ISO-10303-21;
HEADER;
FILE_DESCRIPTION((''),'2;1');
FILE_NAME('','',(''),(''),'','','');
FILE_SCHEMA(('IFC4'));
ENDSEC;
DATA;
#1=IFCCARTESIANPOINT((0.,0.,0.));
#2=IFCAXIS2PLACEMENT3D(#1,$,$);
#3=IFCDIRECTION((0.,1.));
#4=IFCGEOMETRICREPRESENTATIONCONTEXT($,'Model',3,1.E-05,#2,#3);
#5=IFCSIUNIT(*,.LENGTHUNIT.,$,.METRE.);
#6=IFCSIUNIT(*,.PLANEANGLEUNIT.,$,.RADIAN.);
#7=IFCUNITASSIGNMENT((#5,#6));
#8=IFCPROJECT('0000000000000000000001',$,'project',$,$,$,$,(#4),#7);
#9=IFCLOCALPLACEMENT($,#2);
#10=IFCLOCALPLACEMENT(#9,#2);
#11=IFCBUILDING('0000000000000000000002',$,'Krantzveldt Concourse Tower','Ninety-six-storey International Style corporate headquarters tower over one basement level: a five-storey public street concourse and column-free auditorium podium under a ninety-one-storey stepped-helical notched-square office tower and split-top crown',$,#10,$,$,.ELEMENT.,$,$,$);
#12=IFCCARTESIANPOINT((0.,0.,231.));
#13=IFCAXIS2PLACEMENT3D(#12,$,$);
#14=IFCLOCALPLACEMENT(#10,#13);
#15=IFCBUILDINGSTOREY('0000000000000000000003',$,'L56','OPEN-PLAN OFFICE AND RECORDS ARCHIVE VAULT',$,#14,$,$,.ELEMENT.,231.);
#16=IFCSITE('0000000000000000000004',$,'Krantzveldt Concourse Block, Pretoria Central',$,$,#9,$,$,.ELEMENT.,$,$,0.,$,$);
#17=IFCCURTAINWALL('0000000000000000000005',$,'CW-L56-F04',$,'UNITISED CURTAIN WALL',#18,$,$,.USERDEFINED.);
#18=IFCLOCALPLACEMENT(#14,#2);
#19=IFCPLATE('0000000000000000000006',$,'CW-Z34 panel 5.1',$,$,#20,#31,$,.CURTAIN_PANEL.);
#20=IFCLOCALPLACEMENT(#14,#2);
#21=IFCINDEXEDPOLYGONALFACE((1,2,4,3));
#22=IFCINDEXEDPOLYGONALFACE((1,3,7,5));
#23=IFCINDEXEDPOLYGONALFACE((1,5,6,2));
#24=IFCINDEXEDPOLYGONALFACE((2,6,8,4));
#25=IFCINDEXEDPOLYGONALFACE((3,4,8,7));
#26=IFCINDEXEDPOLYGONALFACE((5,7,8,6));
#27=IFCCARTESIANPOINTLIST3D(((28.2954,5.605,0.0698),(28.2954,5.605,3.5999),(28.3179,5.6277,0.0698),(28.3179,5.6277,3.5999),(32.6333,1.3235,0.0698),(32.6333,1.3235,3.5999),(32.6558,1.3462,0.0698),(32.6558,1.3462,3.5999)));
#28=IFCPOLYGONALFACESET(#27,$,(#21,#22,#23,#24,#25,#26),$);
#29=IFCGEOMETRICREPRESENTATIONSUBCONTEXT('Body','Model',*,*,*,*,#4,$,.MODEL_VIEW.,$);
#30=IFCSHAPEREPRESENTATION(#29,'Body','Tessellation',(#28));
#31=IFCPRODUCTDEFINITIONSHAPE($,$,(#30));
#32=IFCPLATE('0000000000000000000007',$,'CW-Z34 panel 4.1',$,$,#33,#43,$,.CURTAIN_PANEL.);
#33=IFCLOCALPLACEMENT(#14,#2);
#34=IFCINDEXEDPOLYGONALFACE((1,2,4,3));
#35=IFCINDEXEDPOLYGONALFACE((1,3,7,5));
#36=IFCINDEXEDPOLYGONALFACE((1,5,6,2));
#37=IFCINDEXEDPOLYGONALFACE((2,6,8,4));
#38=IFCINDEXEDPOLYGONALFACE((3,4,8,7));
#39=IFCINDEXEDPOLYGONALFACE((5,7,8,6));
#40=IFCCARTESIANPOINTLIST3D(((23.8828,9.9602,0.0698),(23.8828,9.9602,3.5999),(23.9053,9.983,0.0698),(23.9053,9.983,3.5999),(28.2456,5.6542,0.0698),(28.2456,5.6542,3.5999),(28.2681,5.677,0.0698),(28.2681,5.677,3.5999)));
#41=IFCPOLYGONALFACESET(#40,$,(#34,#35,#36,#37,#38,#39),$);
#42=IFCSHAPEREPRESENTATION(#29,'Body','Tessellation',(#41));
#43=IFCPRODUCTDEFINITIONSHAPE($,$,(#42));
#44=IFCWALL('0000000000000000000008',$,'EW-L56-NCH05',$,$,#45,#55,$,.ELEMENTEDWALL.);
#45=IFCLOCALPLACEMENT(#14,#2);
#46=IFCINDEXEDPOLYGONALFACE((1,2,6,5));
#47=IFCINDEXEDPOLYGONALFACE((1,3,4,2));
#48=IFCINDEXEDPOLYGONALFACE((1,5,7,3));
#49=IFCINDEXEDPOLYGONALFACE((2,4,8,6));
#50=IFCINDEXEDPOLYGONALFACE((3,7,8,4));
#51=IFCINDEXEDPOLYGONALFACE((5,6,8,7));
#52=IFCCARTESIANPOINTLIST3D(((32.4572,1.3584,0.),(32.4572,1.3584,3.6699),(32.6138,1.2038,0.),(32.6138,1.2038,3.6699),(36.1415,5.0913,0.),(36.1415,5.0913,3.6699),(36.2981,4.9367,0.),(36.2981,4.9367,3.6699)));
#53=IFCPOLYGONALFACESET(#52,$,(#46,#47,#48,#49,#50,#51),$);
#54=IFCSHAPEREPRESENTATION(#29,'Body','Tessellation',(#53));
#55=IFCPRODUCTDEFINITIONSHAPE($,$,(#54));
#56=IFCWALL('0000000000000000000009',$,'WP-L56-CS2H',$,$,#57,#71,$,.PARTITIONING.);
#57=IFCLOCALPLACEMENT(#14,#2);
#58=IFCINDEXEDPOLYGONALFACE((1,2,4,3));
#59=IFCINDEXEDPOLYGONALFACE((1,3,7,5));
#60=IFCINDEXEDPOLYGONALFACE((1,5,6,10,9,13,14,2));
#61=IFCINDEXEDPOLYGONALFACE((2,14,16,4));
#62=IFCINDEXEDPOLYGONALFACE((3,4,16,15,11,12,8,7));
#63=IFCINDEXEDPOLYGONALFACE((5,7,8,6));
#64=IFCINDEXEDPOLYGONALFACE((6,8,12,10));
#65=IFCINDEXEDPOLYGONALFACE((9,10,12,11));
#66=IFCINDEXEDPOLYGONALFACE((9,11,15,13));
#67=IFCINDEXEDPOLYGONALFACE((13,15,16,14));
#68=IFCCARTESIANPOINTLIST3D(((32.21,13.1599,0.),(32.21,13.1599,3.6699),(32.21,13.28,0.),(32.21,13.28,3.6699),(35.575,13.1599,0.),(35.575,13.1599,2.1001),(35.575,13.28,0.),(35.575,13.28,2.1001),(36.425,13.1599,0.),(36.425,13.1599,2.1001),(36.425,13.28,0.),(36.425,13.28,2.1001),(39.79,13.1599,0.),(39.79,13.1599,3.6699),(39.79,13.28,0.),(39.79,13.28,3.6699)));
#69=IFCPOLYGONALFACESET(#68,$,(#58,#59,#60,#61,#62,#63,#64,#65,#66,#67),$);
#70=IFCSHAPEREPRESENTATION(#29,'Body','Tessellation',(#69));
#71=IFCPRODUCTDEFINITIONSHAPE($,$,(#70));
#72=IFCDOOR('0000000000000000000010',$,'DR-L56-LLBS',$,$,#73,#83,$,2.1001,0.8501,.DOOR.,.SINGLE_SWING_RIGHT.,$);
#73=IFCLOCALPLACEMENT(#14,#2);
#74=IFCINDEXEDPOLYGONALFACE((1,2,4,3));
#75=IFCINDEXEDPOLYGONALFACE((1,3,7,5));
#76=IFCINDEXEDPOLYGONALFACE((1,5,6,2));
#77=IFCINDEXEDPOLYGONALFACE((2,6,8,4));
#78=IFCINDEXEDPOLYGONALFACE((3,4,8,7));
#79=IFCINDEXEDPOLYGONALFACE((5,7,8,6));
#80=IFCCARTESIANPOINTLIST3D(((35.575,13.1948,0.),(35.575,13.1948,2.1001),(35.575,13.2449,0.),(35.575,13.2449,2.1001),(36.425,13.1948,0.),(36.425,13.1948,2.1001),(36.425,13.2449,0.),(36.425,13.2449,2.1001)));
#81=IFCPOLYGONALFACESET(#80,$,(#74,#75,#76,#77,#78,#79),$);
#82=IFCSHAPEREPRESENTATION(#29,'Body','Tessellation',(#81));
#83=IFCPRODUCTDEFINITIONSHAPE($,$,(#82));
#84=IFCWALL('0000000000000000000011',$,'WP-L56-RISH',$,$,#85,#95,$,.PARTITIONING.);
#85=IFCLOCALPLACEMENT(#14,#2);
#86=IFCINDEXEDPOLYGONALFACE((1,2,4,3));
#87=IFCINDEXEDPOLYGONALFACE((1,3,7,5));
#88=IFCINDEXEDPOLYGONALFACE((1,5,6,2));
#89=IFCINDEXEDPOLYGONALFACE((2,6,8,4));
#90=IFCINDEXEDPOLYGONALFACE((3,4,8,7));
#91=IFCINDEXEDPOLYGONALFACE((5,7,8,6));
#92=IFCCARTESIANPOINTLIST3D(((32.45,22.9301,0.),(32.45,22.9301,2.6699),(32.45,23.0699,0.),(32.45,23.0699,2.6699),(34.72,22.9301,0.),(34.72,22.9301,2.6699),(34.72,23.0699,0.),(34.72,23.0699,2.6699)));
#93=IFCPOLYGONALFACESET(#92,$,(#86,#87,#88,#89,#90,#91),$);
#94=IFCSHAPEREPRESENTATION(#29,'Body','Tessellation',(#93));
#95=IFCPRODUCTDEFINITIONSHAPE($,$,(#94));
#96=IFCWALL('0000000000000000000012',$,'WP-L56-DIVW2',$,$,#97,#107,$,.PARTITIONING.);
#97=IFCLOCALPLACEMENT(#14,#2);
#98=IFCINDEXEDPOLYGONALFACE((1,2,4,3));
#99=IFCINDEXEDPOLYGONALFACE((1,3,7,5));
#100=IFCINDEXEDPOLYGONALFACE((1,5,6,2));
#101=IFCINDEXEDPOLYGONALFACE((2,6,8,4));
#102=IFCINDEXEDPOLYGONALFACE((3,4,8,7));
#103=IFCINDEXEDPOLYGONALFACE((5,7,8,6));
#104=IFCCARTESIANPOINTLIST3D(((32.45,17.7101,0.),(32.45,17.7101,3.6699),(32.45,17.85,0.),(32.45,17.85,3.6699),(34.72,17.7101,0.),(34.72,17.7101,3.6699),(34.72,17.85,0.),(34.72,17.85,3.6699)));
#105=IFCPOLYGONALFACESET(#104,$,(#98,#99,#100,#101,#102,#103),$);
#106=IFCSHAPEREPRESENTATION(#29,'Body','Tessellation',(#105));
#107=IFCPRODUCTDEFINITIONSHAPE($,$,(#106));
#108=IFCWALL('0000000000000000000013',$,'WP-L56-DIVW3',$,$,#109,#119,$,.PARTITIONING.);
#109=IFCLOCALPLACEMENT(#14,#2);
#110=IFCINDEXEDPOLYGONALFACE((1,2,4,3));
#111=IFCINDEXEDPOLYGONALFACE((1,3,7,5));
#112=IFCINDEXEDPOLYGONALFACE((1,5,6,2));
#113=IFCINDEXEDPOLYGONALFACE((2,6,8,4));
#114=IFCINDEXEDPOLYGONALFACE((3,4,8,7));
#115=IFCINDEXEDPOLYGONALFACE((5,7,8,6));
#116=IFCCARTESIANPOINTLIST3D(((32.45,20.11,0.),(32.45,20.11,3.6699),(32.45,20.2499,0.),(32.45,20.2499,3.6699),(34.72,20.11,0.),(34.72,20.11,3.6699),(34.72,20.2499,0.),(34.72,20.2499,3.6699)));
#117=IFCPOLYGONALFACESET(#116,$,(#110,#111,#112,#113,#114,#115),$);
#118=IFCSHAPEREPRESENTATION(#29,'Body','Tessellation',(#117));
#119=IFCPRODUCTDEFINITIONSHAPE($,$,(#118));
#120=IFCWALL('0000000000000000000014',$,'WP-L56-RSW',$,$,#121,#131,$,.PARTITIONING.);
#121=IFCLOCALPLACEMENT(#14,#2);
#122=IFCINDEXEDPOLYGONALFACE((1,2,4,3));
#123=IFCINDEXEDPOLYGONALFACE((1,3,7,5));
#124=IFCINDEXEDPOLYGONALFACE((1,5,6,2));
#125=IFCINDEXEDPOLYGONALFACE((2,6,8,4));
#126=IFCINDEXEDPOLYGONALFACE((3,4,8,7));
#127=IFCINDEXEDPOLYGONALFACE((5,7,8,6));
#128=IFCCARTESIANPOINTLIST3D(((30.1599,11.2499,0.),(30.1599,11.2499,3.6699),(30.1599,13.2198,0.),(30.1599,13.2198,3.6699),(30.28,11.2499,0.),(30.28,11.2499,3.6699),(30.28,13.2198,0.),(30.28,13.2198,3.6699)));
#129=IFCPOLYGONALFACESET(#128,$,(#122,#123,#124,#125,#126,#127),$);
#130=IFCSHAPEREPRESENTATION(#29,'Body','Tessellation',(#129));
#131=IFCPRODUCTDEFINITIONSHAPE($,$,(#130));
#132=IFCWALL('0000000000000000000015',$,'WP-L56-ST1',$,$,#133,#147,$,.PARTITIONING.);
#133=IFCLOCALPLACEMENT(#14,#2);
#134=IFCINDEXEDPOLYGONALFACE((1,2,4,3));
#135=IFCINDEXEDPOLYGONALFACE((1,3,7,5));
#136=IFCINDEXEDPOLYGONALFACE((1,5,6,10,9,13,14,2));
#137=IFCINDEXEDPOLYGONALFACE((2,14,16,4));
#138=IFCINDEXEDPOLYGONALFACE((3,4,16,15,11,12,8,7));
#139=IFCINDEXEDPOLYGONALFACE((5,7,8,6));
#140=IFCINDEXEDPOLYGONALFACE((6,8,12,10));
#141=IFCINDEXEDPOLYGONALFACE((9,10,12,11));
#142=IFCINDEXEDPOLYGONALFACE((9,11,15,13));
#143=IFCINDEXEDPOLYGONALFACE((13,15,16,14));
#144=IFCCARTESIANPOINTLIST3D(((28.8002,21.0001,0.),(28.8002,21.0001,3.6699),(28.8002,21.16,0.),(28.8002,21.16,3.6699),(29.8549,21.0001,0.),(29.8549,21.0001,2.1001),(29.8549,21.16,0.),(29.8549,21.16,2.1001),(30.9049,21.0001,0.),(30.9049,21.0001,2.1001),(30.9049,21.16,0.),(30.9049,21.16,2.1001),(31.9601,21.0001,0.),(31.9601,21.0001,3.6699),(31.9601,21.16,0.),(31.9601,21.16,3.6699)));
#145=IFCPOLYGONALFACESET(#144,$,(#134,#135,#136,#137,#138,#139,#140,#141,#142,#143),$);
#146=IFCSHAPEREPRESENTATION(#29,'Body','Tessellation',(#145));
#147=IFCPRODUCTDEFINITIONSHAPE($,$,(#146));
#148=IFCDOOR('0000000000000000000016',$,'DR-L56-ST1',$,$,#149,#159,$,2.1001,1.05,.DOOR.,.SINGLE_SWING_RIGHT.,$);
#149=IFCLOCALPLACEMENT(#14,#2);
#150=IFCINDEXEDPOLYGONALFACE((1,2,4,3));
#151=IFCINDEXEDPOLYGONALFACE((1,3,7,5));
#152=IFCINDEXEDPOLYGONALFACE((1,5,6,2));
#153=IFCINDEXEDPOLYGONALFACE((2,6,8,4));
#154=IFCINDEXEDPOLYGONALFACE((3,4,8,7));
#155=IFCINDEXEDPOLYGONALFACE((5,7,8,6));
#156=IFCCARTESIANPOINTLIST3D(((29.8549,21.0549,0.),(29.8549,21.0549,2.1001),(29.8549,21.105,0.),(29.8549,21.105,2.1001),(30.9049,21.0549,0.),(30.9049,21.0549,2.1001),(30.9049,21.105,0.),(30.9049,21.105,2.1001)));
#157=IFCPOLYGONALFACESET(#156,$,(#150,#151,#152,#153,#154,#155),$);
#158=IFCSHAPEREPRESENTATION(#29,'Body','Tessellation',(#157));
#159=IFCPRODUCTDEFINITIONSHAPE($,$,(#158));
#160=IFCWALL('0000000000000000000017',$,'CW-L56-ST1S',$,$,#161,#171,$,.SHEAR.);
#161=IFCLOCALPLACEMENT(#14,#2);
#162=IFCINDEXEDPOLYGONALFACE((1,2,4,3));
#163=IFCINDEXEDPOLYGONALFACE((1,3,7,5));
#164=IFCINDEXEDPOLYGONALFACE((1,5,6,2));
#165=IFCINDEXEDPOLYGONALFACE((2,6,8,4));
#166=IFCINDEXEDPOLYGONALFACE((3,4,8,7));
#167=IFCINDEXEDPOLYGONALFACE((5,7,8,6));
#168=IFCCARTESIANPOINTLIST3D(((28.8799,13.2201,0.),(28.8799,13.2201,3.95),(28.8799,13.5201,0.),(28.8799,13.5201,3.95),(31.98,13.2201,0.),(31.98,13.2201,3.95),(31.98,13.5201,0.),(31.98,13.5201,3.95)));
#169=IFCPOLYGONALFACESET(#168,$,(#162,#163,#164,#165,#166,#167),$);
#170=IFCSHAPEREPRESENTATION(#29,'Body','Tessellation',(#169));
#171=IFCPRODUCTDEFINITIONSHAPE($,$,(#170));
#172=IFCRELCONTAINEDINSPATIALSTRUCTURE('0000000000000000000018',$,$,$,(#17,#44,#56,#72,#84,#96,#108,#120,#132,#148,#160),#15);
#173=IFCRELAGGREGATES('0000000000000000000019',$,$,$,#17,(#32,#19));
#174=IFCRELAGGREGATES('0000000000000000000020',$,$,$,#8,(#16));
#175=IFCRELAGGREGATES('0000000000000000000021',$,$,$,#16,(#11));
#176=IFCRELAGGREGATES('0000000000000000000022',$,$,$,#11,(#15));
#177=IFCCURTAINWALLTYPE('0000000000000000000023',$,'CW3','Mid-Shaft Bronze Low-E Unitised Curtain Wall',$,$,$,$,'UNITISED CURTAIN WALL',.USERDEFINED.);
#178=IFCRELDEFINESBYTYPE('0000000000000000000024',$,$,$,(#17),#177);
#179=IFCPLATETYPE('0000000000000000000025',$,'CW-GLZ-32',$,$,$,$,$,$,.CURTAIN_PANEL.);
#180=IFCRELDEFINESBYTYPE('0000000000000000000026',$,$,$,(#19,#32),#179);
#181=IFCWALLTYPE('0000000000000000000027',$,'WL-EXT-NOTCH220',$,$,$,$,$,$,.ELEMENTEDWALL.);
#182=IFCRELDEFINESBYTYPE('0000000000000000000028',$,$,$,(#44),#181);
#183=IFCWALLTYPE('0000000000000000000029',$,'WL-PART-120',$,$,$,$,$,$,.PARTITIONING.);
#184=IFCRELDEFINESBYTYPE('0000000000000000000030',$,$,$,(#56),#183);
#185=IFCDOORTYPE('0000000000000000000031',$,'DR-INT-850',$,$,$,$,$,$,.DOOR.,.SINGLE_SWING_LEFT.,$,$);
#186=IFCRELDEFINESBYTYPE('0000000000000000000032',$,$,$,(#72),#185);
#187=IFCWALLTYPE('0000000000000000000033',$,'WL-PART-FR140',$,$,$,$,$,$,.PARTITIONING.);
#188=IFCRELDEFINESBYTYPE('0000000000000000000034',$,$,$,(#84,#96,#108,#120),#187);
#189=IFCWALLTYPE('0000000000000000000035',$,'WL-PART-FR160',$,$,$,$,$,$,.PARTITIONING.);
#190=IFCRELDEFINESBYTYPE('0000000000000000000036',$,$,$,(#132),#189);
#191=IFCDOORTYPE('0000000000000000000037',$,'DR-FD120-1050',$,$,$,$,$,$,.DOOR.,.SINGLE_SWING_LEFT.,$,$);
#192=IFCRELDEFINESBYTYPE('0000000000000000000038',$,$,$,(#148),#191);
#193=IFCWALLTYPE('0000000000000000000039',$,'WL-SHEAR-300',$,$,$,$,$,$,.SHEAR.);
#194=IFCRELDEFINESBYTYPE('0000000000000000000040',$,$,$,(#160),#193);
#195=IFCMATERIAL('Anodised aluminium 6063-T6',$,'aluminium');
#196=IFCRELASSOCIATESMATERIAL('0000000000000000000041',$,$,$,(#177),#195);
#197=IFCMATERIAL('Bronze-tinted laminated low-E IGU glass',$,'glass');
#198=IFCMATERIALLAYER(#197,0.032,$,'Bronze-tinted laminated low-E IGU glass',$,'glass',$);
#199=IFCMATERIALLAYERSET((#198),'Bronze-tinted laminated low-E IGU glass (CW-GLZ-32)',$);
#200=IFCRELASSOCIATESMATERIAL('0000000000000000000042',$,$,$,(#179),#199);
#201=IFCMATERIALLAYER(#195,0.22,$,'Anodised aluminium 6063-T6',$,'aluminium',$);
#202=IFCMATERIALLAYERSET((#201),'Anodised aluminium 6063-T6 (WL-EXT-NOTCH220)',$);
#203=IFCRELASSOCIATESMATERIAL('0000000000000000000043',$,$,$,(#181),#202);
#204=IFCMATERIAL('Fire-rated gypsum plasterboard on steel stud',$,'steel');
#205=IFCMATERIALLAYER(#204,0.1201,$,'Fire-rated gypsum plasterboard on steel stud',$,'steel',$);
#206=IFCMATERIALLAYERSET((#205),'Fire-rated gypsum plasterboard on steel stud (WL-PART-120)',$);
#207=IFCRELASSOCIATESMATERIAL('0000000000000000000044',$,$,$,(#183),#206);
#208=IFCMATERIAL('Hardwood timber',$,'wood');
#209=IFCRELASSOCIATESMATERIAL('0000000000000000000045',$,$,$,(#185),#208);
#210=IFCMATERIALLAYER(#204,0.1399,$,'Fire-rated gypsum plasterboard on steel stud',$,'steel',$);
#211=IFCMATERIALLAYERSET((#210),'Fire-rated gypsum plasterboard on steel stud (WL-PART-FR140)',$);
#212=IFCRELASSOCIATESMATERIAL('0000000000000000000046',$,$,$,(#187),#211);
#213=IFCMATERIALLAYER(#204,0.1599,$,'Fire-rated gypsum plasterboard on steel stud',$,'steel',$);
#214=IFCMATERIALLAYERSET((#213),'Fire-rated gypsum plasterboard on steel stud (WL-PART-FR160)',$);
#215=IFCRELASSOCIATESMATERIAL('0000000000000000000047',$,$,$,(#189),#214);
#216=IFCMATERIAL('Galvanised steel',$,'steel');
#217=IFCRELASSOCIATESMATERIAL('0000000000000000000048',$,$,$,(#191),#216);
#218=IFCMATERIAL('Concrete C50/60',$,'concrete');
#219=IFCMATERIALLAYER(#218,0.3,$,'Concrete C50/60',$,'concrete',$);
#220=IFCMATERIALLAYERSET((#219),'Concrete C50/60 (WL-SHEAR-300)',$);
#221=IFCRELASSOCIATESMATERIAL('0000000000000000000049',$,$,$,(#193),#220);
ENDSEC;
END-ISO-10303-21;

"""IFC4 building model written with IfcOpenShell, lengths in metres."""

from ifc_helpers import new_model, si_unit, direction, frame, frame_2d, origin, origin_2d, place, context, subcontext, project, spatial, rectangle, extrude, source, transform, mapped, material, layer, layer_set, type_object, type_shapes, element, fill, aggregate, save


model = new_model("IFC4")

# Units and contexts
model_context = context("Model", 3, precision=1e-05, world=origin(), true_north=direction((0.0, 1.0)))
body_context = subcontext(model_context, "Body", "Model", "MODEL_VIEW")
ifc_project = project(units=[si_unit("LENGTHUNIT", "METRE"), si_unit("PLANEANGLEUNIT", "RADIAN")], contexts=[model_context])

# Site, building, storey
site_placement = place(None, origin())
site = spatial("IfcSite", under=ifc_project, at=site_placement, Name="Krantzveldt Concourse Block, Pretoria Central", CompositionType="ELEMENT", RefElevation=0.0)
building_placement = place(site_placement, origin())
building = spatial("IfcBuilding", under=site, at=building_placement, Name="Krantzveldt Concourse Tower", Description="Ninety-six-storey International Style corporate headquarters tower over one basement level: a five-storey public street concourse and column-free auditorium podium under a ninety-one-storey stepped-helical notched-square office tower and split-top crown", CompositionType="ELEMENT")
storey_placement = place(building_placement, frame((0.0, 0.0, 231.0)))
storey = spatial("IfcBuildingStorey", under=building, at=storey_placement, Name="L56", Description="OPEN-PLAN OFFICE AND RECORDS ARCHIVE VAULT", CompositionType="ELEMENT", Elevation=231.0)

# Shared definitions
ifc_material_1 = material(Name="Concrete C50/60", Category="concrete")

# Curtain wall, plates
ifc_material_2 = material(Name="Anodised aluminium 6063-T6", Category="aluminium")
curtain_wall_type = type_object("IfcCurtainWallType", Name="CW3", Description="Mid-Shaft Bronze Low-E Unitised Curtain Wall", ElementType="UNITISED CURTAIN WALL", PredefinedType="USERDEFINED", material=ifc_material_2)
curtain_wall_placement = place(storey_placement, origin())
curtain_wall = element("IfcCurtainWall", 1, at=curtain_wall_placement, inside=storey, type_object=curtain_wall_type, Name="CW-L56-F04", ObjectType="UNITISED CURTAIN WALL", PredefinedType="USERDEFINED")
ifc_material_3 = material(Name="Bronze-tinted laminated low-E IGU glass", Category="glass")
ifc_layer_1 = layer(ifc_material_3, 0.032, Name="Bronze-tinted laminated low-E IGU glass", Category="glass")
ifc_layer_set_1 = layer_set([ifc_layer_1], Name="Bronze-tinted laminated low-E IGU glass (CW-GLZ-32)")
plate_type = type_object("IfcPlateType", Name="CW-GLZ-32", PredefinedType="CURTAIN_PANEL", material=ifc_layer_set_1)
shared_shape_1 = source(origin(), body_context, "Body", "SweptSolid", [
    extrude(rectangle(XDim=6.095, YDim=0.032, at=origin_2d()), origin(), (0.0, 0.0, 1.0), 3.53),
])
plate_1_placement = place(storey_placement, frame((30.4756, 3.4756, 0.0698), z_axis=(0.0, 0.0, 1.0), x_axis=(0.71172, -0.702464, 0.0)))
plate_1 = element("IfcPlate", 2, at=plate_1_placement, type_object=plate_type, Name="CW-Z34 panel 5.1", PredefinedType="CURTAIN_PANEL", context=body_context, shape_type="MappedRepresentation", body=[
    mapped(shared_shape_1, transform((0.0, 0.0, 0.0), x_axis=(1.0, 0.0, 0.0), y_axis=(0.0, 1.0, 0.0), z_axis=(0.0, 0.0, 1.0), scale=1.0)),
])
shared_shape_2 = source(origin(), body_context, "Body", "SweptSolid", [
    extrude(rectangle(XDim=6.1299, YDim=0.032, at=origin_2d()), origin(), (0.0, 0.0, 1.0), 3.53),
])
type_shapes(plate_type, [shared_shape_1, shared_shape_2])
plate_2_placement = place(storey_placement, frame((26.0754, 7.8186, 0.0698), z_axis=(0.0, 0.0, 1.0), x_axis=(0.71172, -0.702464, 0.0)))
plate_2 = element("IfcPlate", 3, at=plate_2_placement, type_object=plate_type, Name="CW-Z34 panel 4.1", PredefinedType="CURTAIN_PANEL", context=body_context, shape_type="MappedRepresentation", body=[
    mapped(shared_shape_2, transform((0.0, 0.0, 0.0), x_axis=(1.0, 0.0, 0.0), y_axis=(0.0, 1.0, 0.0), z_axis=(0.0, 0.0, 1.0), scale=1.0)),
])
aggregate(curtain_wall, [plate_2, plate_1])

# Wall
ifc_layer_2 = layer(ifc_material_2, 0.22, Name="Anodised aluminium 6063-T6", Category="aluminium")
ifc_layer_set_2 = layer_set([ifc_layer_2], Name="Anodised aluminium 6063-T6 (WL-EXT-NOTCH220)")
wall_type_1 = type_object("IfcWallType", Name="WL-EXT-NOTCH220", PredefinedType="ELEMENTEDWALL", material=ifc_layer_set_2)
wall_1_placement = place(storey_placement, frame((32.5354, 1.281, 0.0), z_axis=(0.0, 0.0, 1.0), x_axis=(0.70246, 0.711723, 0.0)))
element("IfcWall", 4, at=wall_1_placement, inside=storey, type_object=wall_type_1, Name="EW-L56-NCH05", PredefinedType="ELEMENTEDWALL", context=body_context, shape_type="SweptSolid", body=[
    extrude(rectangle(XDim=5.2449, YDim=0.22, at=frame_2d((2.6226, 0.0))), origin(), (0.0, 0.0, 1.0), 3.6699),
])

# Wall, opening, door
ifc_material_4 = material(Name="Fire-rated gypsum plasterboard on steel stud", Category="steel")
ifc_layer_3 = layer(ifc_material_4, 0.1201, Name="Fire-rated gypsum plasterboard on steel stud", Category="steel")
ifc_layer_set_3 = layer_set([ifc_layer_3], Name="Fire-rated gypsum plasterboard on steel stud (WL-PART-120)")
wall_type_2 = type_object("IfcWallType", Name="WL-PART-120", PredefinedType="PARTITIONING", material=ifc_layer_set_3)
wall_2_placement = place(storey_placement, frame((32.21, 13.22, 0.0), z_axis=(0.0, 0.0, 1.0), x_axis=(1.0, 0.0, 0.0)))
wall_2 = element("IfcWall", 5, at=wall_2_placement, inside=storey, type_object=wall_type_2, Name="WP-L56-CS2H", PredefinedType="PARTITIONING", context=body_context, shape_type="SweptSolid", body=[
    extrude(rectangle(XDim=7.5801, YDim=0.1201, at=frame_2d((3.79, 0.0))), origin(), (0.0, 0.0, 1.0), 3.6699),
])
opening_1_placement = place(wall_2_placement, frame((3.365, 0.0, 0.0)))
opening_1 = element("IfcOpeningElement", 6, at=opening_1_placement, cuts=wall_2, PredefinedType="OPENING", context=body_context, shape_type="SweptSolid", body=[
    extrude(rectangle(XDim=0.8501, YDim=2.1001, at=frame_2d((0.425, 1.05))), frame((0.0, 0.0701, 0.0), z_axis=(0.0, -1.0, 0.0), x_axis=(1.0, 0.0, 0.0)), (0.0, 0.0, 1.0), 0.1401),
])
ifc_material_5 = material(Name="Hardwood timber", Category="wood")
door_type_1 = type_object("IfcDoorType", Name="DR-INT-850", OperationType="SINGLE_SWING_LEFT", PredefinedType="DOOR", material=ifc_material_5)
door_1_placement = place(opening_1_placement, origin())
door_1 = element("IfcDoor", 7, at=door_1_placement, inside=storey, type_object=door_type_1, Name="DR-L56-LLBS", OperationType="SINGLE_SWING_RIGHT", OverallHeight=2.1001, OverallWidth=0.8501, PredefinedType="DOOR", context=body_context, shape_type="SweptSolid", body=[
    extrude(rectangle(XDim=0.8501, YDim=2.1001, at=frame_2d((0.425, 1.05))), frame((0.0, 0.0249, 0.0), z_axis=(0.0, -1.0, 0.0), x_axis=(1.0, 0.0, 0.0)), (0.0, 0.0, 1.0), 0.05),
])
fill(opening_1, door_1)

# Walls
ifc_layer_4 = layer(ifc_material_4, 0.1399, Name="Fire-rated gypsum plasterboard on steel stud", Category="steel")
ifc_layer_set_4 = layer_set([ifc_layer_4], Name="Fire-rated gypsum plasterboard on steel stud (WL-PART-FR140)")
wall_type_3 = type_object("IfcWallType", Name="WL-PART-FR140", PredefinedType="PARTITIONING", material=ifc_layer_set_4)
wall_3_placement = place(storey_placement, frame((32.45, 23.0, 0.0), z_axis=(0.0, 0.0, 1.0), x_axis=(1.0, 0.0, 0.0)))
element("IfcWall", 8, at=wall_3_placement, inside=storey, type_object=wall_type_3, Name="WP-L56-RISH", PredefinedType="PARTITIONING", context=body_context, shape_type="SweptSolid", body=[
    extrude(rectangle(XDim=2.27, YDim=0.1399, at=frame_2d((1.135, 0.0))), origin(), (0.0, 0.0, 1.0), 2.6699),
])
for number, where, z_axis, x_axis, name in (
    (9, (32.45, 17.78, 0.0), (0.0, 0.0, 1.0), (1.0, 0.0, 0.0), "WP-L56-DIVW2"),
    (10, (32.45, 20.1799, 0.0), (0.0, 0.0, 1.0), (1.0, 0.0, 0.0), "WP-L56-DIVW3"),
):
    element("IfcWall", number, at=place(storey_placement, frame(where, z_axis=z_axis, x_axis=x_axis)), inside=storey, type_object=wall_type_3, Name=name, PredefinedType="PARTITIONING", context=body_context, shape_type="SweptSolid", body=[
        extrude(rectangle(XDim=2.27, YDim=0.1399, at=frame_2d((1.135, 0.0))), origin(), (0.0, 0.0, 1.0), 3.6699),
    ])
wall_4_placement = place(storey_placement, frame((30.22, 11.25, 0.0), z_axis=(0.0, 0.0, 1.0), x_axis=(0.0, 1.0, 0.0)))
element("IfcWall", 11, at=wall_4_placement, inside=storey, type_object=wall_type_3, Name="WP-L56-RSW", PredefinedType="PARTITIONING", context=body_context, shape_type="SweptSolid", body=[
    extrude(rectangle(XDim=1.97, YDim=0.1201, at=frame_2d((0.9849, 0.0))), origin(), (0.0, 0.0, 1.0), 3.6699),
])

# Wall, opening, door
ifc_layer_5 = layer(ifc_material_4, 0.1599, Name="Fire-rated gypsum plasterboard on steel stud", Category="steel")
ifc_layer_set_5 = layer_set([ifc_layer_5], Name="Fire-rated gypsum plasterboard on steel stud (WL-PART-FR160)")
wall_type_4 = type_object("IfcWallType", Name="WL-PART-FR160", PredefinedType="PARTITIONING", material=ifc_layer_set_5)
wall_5_placement = place(storey_placement, frame((28.8, 21.0801, 0.0), z_axis=(0.0, 0.0, 1.0), x_axis=(1.0, 0.0, 0.0)))
wall_5 = element("IfcWall", 12, at=wall_5_placement, inside=storey, type_object=wall_type_4, Name="WP-L56-ST1", PredefinedType="PARTITIONING", context=body_context, shape_type="SweptSolid", body=[
    extrude(rectangle(XDim=3.1599, YDim=0.1599, at=frame_2d((1.5801, 0.0))), origin(), (0.0, 0.0, 1.0), 3.6699),
])
opening_2_placement = place(wall_5_placement, frame((1.0549, 0.0, 0.0)))
opening_2 = element("IfcOpeningElement", 13, at=opening_2_placement, cuts=wall_5, PredefinedType="OPENING", context=body_context, shape_type="SweptSolid", body=[
    extrude(rectangle(XDim=1.05, YDim=2.1001, at=frame_2d((0.5249, 1.05))), frame((0.0, 0.0898, 0.0), z_axis=(0.0, -1.0, 0.0), x_axis=(1.0, 0.0, 0.0)), (0.0, 0.0, 1.0), 0.1799),
])
ifc_material_6 = material(Name="Galvanised steel", Category="steel")
door_type_2 = type_object("IfcDoorType", Name="DR-FD120-1050", OperationType="SINGLE_SWING_LEFT", PredefinedType="DOOR", material=ifc_material_6)
door_2_placement = place(opening_2_placement, origin())
door_2 = element("IfcDoor", 14, at=door_2_placement, inside=storey, type_object=door_type_2, Name="DR-L56-ST1", OperationType="SINGLE_SWING_RIGHT", OverallHeight=2.1001, OverallWidth=1.05, PredefinedType="DOOR", context=body_context, shape_type="SweptSolid", body=[
    extrude(rectangle(XDim=1.05, YDim=2.1001, at=frame_2d((0.5249, 1.05))), frame((0.0, 0.0249, 0.0), z_axis=(0.0, -1.0, 0.0), x_axis=(1.0, 0.0, 0.0)), (0.0, 0.0, 1.0), 0.05),
])
fill(opening_2, door_2)

# Wall
ifc_layer_6 = layer(ifc_material_1, 0.3, Name="Concrete C50/60", Category="concrete")
ifc_layer_set_6 = layer_set([ifc_layer_6], Name="Concrete C50/60 (WL-SHEAR-300)")
wall_type_5 = type_object("IfcWallType", Name="WL-SHEAR-300", PredefinedType="SHEAR", material=ifc_layer_set_6)
wall_6_placement = place(storey_placement, frame((28.8799, 13.3701, 0.0), z_axis=(0.0, 0.0, 1.0), x_axis=(1.0, 0.0, 0.0)))
element("IfcWall", 15, at=wall_6_placement, inside=storey, type_object=wall_type_5, Name="CW-L56-ST1S", PredefinedType="SHEAR", context=body_context, shape_type="SweptSolid", body=[
    extrude(rectangle(XDim=3.1001, YDim=0.3, at=frame_2d((1.55, 0.0))), origin(), (0.0, 0.0, 1.0), 3.95),
])

save(model, "model.ifc")
